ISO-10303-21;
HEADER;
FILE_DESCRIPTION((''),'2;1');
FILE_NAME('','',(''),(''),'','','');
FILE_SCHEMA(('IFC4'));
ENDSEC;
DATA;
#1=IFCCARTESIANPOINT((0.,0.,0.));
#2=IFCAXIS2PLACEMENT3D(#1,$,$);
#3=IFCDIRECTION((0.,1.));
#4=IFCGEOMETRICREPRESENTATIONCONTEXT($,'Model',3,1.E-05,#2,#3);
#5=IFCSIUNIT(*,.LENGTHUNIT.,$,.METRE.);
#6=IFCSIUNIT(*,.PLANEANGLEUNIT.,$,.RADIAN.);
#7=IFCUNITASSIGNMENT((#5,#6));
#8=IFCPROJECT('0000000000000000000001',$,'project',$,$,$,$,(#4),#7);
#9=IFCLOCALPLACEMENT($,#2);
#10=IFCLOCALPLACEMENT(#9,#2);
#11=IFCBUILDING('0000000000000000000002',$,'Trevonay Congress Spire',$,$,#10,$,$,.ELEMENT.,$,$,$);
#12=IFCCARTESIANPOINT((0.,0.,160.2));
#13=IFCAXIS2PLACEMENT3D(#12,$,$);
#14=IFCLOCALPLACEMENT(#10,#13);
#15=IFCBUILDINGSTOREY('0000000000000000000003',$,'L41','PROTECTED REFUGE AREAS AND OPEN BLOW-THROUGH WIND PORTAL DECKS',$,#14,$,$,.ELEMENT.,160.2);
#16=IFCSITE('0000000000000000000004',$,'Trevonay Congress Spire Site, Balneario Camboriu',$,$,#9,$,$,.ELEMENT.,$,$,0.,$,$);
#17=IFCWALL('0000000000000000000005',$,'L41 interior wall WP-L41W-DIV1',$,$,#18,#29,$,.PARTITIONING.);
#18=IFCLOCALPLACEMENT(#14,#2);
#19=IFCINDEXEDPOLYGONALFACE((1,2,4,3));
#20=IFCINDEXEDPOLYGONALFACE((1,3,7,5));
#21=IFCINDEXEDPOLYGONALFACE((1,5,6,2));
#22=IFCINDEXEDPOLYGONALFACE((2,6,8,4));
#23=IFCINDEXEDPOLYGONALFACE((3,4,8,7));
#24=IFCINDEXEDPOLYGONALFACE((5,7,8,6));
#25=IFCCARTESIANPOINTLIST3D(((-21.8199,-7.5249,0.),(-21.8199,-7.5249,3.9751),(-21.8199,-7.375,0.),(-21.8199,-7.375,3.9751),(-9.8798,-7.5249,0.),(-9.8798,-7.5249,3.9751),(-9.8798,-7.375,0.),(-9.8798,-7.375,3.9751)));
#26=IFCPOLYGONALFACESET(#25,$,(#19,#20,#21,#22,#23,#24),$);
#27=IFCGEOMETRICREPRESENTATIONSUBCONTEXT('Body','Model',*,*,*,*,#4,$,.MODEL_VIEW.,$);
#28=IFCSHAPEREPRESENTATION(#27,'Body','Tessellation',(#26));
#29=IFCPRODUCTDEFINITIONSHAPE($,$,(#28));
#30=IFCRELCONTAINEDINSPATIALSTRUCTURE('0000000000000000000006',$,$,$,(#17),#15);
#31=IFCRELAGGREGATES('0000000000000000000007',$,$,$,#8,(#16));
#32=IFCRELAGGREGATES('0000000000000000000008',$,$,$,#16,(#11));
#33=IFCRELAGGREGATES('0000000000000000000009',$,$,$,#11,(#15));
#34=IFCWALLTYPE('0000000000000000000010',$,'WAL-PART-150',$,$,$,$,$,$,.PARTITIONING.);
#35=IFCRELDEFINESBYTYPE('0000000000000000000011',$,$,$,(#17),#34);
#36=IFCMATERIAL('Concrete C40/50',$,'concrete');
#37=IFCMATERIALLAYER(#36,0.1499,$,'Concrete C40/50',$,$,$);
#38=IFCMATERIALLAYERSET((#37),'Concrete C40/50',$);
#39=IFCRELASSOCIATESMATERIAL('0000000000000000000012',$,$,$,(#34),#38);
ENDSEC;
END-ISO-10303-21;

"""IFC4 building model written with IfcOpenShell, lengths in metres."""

from ifc_helpers import new_model, si_unit, direction, frame, frame_2d, origin, place, context, subcontext, project, spatial, rectangle, extrude, material, layer, layer_set, type_object, element, save


model = new_model("IFC4")

# Units and contexts
model_context = context("Model", 3, precision=1e-05, world=origin(), true_north=direction((0.0, 1.0)))
body_context = subcontext(model_context, "Body", "Model", "MODEL_VIEW")
ifc_project = project(units=[si_unit("LENGTHUNIT", "METRE"), si_unit("PLANEANGLEUNIT", "RADIAN")], contexts=[model_context])

# Site, building, storey
site_placement = place(None, origin())
site = spatial("IfcSite", under=ifc_project, at=site_placement, Name="Trevonay Congress Spire Site, Balneario Camboriu", CompositionType="ELEMENT", RefElevation=0.0)
building_placement = place(site_placement, origin())
building = spatial("IfcBuilding", under=site, at=building_placement, Name="Trevonay Congress Spire", CompositionType="ELEMENT")
storey_placement = place(building_placement, frame((0.0, 0.0, 160.2)))
storey = spatial("IfcBuildingStorey", under=building, at=storey_placement, Name="L41", Description="PROTECTED REFUGE AREAS AND OPEN BLOW-THROUGH WIND PORTAL DECKS", CompositionType="ELEMENT", Elevation=160.2)

# Shared definitions
ifc_material_1 = material(Name="Concrete C40/50", Category="concrete")

# Wall
ifc_layer_1 = layer(ifc_material_1, 0.1499, Name="Concrete C40/50")
ifc_layer_set_1 = layer_set([ifc_layer_1], Name="Concrete C40/50")
wall_type_1 = type_object("IfcWallType", Name="WAL-PART-150", PredefinedType="PARTITIONING", material=ifc_layer_set_1)
wall_1_placement = place(storey_placement, frame((-21.8201, -7.45, 0.0), z_axis=(0.0, 0.0, 1.0), x_axis=(1.0, 0.0, 0.0)))
element("IfcWall", 1, at=wall_1_placement, inside=storey, type_object=wall_type_1, Name="L41 interior wall WP-L41W-DIV1", PredefinedType="PARTITIONING", context=body_context, shape_type="SweptSolid", body=[
    extrude(rectangle(XDim=11.9402, YDim=0.1499, at=frame_2d((5.9702, 0.0))), origin(), (0.0, 0.0, 1.0), 3.9751),
])

save(model, "model.ifc")
